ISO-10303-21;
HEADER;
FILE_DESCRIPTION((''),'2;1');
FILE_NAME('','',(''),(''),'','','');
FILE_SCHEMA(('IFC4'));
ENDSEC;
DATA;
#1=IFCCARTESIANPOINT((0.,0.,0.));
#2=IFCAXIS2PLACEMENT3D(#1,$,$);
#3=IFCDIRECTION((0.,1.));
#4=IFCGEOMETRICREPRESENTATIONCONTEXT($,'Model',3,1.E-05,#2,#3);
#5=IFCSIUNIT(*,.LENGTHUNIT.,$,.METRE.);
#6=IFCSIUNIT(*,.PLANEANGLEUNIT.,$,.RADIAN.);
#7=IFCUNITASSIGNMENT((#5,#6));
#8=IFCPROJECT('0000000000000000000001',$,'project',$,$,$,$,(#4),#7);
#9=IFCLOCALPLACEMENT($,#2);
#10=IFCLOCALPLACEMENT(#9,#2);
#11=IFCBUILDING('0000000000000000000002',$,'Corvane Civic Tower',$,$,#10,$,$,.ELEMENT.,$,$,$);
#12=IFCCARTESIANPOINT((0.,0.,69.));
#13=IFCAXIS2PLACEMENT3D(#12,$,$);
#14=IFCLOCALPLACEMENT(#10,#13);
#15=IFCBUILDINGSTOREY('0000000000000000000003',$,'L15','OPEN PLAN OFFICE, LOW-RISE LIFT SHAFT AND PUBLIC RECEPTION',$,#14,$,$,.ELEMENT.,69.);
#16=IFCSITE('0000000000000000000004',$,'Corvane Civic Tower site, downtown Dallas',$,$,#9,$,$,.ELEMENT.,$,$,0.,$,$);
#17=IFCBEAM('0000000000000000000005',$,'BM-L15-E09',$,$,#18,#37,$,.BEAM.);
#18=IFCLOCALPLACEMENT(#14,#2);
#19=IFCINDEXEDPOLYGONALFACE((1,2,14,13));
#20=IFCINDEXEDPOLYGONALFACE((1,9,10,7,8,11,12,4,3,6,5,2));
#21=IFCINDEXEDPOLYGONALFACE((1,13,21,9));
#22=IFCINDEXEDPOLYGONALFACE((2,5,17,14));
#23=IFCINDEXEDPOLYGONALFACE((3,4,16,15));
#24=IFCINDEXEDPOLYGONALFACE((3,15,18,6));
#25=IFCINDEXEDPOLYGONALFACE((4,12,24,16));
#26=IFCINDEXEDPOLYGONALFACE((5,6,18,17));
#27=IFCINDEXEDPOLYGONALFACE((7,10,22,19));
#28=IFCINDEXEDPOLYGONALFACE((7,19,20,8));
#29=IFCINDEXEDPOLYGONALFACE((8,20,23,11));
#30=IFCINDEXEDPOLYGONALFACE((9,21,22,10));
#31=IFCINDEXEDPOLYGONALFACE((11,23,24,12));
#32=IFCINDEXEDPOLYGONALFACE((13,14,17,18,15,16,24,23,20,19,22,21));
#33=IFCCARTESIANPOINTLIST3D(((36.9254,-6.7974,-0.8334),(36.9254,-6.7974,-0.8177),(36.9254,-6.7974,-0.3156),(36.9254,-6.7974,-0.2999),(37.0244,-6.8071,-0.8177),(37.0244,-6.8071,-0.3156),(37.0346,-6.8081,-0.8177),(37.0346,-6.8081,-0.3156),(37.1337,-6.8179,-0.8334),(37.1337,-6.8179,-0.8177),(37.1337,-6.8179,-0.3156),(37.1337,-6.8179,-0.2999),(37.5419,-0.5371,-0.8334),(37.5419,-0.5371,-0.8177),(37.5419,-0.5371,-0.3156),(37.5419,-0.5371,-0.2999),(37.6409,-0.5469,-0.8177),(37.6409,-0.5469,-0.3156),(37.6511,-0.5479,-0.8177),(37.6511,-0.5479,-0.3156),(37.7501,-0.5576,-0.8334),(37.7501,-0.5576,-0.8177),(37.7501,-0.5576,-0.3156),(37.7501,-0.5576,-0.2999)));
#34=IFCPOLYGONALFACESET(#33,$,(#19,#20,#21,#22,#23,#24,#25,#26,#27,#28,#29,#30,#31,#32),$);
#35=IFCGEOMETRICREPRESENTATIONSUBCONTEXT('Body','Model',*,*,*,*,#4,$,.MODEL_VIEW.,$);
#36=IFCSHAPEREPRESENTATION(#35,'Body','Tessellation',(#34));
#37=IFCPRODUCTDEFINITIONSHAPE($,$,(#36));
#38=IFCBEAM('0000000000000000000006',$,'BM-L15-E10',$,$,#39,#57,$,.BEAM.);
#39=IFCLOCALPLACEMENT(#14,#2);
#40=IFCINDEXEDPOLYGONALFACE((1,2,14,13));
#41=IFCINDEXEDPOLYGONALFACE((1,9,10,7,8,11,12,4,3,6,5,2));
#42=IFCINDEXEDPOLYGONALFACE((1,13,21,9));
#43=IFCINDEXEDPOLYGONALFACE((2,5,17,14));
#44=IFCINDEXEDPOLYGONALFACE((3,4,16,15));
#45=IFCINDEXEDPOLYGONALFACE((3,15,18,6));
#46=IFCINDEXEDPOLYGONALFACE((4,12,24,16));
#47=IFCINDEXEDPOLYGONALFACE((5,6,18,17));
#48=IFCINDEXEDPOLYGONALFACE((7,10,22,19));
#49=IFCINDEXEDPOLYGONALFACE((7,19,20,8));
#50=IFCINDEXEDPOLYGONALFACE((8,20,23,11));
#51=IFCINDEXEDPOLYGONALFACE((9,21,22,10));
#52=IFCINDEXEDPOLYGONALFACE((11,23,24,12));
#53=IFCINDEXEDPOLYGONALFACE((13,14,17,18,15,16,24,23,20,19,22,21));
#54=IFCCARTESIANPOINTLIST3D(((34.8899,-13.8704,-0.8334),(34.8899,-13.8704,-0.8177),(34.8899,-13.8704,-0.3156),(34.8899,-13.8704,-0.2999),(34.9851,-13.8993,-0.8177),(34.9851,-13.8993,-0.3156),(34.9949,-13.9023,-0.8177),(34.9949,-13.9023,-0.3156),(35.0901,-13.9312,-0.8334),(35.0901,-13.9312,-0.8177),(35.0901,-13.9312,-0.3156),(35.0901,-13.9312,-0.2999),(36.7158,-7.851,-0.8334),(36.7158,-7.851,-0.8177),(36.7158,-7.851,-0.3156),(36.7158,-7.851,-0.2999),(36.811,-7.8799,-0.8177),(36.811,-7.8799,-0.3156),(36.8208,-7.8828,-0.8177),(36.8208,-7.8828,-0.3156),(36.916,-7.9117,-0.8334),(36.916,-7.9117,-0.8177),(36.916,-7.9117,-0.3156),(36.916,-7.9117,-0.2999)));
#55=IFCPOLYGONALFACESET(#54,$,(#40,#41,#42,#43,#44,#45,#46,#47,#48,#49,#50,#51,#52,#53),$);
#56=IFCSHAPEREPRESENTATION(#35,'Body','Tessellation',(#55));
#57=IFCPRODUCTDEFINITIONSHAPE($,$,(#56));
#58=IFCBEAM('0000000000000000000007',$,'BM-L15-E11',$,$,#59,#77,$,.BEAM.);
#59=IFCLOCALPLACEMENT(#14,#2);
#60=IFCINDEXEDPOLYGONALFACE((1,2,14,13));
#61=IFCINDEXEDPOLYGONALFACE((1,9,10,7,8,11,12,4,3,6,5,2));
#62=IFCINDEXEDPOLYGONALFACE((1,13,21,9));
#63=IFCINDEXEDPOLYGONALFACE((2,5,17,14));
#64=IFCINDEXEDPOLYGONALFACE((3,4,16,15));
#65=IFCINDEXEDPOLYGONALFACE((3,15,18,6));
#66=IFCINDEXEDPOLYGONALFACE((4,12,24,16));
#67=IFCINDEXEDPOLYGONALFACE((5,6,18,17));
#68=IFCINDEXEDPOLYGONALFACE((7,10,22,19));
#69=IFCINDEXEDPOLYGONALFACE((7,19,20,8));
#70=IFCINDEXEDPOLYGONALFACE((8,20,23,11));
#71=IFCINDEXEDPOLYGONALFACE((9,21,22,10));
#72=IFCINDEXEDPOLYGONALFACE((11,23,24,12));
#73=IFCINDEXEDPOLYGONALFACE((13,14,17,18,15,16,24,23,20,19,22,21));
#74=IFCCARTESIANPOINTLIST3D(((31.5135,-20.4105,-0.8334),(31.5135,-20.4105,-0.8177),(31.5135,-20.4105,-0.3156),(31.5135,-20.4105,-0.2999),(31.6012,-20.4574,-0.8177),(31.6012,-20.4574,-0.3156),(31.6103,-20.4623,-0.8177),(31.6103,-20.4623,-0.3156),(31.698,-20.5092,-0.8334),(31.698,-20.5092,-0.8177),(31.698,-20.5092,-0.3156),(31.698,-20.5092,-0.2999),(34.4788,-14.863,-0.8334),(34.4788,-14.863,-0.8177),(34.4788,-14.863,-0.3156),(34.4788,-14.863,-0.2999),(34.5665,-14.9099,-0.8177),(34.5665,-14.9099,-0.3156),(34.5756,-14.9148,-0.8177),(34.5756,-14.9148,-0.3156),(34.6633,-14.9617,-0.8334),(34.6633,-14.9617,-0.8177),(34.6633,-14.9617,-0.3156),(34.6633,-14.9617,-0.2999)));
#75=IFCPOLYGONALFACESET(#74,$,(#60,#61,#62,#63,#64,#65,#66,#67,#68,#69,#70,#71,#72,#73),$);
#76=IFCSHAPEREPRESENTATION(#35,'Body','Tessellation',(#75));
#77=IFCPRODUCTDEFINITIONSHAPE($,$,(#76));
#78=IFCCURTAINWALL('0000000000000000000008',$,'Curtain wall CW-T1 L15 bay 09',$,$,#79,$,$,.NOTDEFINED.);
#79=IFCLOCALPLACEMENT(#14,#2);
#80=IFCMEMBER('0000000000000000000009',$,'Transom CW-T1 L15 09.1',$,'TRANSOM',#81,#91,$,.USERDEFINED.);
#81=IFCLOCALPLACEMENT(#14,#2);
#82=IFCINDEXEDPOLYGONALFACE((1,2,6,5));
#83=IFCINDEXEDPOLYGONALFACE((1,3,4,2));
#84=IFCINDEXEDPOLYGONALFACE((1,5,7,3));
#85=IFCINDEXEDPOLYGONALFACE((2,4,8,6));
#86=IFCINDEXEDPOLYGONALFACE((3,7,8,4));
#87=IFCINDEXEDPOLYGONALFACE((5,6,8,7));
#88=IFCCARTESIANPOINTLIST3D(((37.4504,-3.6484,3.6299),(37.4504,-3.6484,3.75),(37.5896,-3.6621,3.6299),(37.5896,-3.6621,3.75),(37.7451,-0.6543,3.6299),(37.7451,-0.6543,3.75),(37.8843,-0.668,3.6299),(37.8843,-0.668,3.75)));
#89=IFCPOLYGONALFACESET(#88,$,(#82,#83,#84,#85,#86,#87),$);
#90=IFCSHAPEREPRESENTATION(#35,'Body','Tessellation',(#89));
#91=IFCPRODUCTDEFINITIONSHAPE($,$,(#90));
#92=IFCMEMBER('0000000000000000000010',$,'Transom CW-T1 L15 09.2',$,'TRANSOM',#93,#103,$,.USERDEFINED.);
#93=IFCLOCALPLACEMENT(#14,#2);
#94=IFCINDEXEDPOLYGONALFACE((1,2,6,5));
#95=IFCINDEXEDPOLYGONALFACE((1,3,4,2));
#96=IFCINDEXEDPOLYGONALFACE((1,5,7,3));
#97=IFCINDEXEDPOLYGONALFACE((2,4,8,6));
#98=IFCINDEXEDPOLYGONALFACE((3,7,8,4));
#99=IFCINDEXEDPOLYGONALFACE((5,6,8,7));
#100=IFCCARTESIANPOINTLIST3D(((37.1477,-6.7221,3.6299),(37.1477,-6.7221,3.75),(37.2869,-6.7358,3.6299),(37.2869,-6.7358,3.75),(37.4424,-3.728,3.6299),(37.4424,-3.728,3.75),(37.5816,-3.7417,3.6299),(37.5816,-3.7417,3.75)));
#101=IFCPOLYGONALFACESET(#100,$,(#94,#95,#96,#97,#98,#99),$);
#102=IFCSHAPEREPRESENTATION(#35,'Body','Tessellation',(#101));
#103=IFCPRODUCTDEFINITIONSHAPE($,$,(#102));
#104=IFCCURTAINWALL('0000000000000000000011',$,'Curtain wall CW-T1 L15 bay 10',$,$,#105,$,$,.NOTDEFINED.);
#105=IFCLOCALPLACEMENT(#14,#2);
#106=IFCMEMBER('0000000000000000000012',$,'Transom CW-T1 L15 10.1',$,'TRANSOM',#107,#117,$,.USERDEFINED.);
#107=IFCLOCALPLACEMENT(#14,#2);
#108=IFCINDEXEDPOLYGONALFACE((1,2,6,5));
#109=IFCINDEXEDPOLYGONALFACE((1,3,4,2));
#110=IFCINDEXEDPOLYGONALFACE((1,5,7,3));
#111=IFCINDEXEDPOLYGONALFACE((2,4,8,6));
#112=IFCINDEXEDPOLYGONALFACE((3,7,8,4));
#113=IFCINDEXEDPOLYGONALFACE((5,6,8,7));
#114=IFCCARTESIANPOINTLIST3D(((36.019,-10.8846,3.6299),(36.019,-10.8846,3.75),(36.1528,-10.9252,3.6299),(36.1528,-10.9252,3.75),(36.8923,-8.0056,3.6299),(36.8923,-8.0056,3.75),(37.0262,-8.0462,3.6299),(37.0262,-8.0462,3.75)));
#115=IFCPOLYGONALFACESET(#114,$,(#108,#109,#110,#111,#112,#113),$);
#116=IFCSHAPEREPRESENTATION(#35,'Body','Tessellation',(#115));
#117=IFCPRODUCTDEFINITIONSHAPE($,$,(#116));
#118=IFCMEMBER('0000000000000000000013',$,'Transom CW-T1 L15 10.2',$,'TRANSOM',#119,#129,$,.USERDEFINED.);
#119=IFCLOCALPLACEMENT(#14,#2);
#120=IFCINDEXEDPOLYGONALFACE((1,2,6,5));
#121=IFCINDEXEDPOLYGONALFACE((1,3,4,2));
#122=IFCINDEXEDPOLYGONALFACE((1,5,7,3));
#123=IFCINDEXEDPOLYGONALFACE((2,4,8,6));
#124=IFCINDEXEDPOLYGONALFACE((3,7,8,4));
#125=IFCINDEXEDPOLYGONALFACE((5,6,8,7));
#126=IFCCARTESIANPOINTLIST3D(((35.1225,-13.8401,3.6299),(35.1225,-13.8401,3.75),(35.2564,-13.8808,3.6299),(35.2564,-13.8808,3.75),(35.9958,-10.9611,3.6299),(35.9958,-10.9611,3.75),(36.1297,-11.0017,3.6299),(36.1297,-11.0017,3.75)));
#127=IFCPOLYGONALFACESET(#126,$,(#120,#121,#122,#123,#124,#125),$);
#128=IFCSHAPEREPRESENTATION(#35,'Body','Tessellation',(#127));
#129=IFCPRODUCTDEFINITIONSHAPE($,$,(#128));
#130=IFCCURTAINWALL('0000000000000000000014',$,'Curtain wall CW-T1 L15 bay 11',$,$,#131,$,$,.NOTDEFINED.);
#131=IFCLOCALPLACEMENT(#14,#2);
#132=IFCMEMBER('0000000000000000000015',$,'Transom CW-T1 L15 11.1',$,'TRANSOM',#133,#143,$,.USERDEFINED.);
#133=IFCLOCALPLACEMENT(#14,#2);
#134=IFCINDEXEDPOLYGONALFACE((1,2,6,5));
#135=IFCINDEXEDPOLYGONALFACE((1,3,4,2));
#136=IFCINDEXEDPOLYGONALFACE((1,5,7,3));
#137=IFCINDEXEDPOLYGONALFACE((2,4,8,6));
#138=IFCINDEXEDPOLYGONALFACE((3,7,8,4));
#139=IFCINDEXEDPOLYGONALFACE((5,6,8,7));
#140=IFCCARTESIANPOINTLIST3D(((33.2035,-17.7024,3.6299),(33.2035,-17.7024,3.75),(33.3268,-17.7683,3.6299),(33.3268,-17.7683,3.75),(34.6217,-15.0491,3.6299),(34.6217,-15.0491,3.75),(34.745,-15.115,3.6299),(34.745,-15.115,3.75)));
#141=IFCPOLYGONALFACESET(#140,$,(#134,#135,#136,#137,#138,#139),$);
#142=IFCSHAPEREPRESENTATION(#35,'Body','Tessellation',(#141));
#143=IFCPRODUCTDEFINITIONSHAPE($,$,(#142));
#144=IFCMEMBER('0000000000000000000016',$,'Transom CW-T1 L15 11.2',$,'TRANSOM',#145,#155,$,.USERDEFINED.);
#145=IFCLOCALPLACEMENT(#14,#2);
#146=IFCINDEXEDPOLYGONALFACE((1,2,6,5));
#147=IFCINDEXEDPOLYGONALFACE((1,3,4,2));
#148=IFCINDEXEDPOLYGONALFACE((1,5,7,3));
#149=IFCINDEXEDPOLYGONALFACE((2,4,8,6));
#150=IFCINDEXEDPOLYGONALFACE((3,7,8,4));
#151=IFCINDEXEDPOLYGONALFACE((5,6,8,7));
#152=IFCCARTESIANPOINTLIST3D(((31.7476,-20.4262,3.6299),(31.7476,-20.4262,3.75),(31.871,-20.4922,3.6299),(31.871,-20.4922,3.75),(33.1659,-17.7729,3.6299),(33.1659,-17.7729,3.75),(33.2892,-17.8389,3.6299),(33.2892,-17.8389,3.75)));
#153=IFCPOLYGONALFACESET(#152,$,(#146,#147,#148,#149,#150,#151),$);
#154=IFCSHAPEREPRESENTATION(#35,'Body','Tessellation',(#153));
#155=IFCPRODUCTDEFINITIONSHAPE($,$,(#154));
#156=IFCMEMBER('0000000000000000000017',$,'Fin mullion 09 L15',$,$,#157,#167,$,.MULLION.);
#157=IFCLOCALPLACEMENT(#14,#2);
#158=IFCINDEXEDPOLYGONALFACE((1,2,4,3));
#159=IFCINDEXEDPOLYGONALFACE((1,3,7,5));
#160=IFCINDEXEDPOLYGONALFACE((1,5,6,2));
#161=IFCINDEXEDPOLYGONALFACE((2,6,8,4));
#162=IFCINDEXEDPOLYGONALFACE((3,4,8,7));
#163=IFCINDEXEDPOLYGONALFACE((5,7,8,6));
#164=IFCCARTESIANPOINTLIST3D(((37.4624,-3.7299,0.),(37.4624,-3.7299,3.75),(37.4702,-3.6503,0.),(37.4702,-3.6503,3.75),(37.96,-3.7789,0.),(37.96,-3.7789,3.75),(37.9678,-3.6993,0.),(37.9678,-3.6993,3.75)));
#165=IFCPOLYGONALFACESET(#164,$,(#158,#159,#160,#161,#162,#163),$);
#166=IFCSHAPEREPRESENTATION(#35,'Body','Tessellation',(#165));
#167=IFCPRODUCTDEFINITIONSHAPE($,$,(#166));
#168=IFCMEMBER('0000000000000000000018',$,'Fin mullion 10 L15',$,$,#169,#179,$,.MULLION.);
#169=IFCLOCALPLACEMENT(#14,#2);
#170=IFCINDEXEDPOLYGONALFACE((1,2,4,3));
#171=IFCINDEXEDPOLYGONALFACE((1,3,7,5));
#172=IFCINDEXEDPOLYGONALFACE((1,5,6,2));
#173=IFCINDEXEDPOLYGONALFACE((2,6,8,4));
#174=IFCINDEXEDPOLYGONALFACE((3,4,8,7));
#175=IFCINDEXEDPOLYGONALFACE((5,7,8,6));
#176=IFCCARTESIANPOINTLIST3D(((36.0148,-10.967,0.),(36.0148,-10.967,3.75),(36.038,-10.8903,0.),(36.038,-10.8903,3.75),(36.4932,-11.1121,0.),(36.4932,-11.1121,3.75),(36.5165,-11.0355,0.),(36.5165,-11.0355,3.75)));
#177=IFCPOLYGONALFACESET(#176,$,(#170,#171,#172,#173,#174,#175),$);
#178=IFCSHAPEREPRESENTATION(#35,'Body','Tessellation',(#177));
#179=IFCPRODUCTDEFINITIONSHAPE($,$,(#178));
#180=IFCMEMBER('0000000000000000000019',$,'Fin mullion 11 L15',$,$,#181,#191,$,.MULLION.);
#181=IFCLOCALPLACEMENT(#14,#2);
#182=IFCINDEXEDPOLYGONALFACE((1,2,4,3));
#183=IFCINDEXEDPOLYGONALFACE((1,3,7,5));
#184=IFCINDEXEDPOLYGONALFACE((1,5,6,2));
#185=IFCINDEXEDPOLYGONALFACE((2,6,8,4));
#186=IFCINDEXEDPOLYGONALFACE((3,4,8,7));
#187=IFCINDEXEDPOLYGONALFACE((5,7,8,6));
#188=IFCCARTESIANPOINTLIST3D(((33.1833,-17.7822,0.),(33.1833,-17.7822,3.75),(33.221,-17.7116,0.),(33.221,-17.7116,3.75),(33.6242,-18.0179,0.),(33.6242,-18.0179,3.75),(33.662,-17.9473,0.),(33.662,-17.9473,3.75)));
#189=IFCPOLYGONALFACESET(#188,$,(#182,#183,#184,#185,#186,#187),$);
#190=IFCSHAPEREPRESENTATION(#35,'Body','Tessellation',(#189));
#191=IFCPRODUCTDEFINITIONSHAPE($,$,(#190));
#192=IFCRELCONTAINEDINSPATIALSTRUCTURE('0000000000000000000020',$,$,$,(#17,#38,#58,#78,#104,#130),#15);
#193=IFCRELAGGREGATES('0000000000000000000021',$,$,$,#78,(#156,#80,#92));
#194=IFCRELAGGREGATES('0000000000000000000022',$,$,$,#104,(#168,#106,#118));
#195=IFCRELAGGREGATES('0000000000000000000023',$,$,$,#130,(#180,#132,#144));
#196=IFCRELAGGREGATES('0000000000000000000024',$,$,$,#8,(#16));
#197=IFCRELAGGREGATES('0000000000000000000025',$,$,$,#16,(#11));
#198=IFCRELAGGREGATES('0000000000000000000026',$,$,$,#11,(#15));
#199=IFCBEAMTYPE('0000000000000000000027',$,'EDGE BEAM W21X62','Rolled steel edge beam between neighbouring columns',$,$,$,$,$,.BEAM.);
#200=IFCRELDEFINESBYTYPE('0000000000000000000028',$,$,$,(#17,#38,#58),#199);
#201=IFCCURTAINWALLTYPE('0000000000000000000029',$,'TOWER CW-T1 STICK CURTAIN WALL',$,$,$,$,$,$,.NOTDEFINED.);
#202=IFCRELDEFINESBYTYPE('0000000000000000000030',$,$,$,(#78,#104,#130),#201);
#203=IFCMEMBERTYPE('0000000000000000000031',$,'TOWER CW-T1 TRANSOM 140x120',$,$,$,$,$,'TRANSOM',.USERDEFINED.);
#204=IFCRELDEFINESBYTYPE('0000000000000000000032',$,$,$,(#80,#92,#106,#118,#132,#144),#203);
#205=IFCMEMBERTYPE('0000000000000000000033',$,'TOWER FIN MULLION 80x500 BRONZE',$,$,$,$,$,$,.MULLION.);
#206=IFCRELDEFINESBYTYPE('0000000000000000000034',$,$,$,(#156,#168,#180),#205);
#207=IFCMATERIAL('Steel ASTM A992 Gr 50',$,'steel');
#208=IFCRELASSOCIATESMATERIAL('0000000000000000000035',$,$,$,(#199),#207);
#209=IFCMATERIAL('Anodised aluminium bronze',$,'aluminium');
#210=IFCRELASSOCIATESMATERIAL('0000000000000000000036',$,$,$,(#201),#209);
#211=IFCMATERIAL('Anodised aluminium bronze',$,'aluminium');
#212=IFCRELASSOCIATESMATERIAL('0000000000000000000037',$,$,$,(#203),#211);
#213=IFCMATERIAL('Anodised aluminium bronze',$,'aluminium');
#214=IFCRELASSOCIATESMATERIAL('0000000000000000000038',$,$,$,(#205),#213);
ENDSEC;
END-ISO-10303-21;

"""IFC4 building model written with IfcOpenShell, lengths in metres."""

from ifc_helpers import new_model, si_unit, direction, frame, origin, origin_2d, place, context, subcontext, project, spatial, rectangle, i_section, extrude, material, material_profile, profile_set, type_object, element, aggregate, save


model = new_model("IFC4")

# Units and contexts
model_context = context("Model", 3, precision=1e-05, world=origin(), true_north=direction((0.0, 1.0)))
body_context = subcontext(model_context, "Body", "Model", "MODEL_VIEW")
ifc_project = project(units=[si_unit("LENGTHUNIT", "METRE"), si_unit("PLANEANGLEUNIT", "RADIAN")], contexts=[model_context])

# Site, building, storey
site_placement = place(None, origin())
site = spatial("IfcSite", under=ifc_project, at=site_placement, Name="Corvane Civic Tower site, downtown Dallas", CompositionType="ELEMENT", RefElevation=0.0)
building_placement = place(site_placement, origin())
building = spatial("IfcBuilding", under=site, at=building_placement, Name="Corvane Civic Tower", CompositionType="ELEMENT")
storey_placement = place(building_placement, frame((0.0, 0.0, 69.0)))
storey = spatial("IfcBuildingStorey", under=building, at=storey_placement, Name="L15", Description="OPEN PLAN OFFICE, LOW-RISE LIFT SHAFT AND PUBLIC RECEPTION", CompositionType="ELEMENT", Elevation=69.0)

# Beams
ifc_material_1 = material(Name="Steel ASTM A992 Gr 50", Category="steel")
ifc_material_profile_1 = material_profile(ifc_material_1, i_section(OverallWidth=0.2092, OverallDepth=0.5334, WebThickness=0.0103, FlangeThickness=0.0156, at=origin_2d()), Name="W21X62")
ifc_profile_set_1 = profile_set([ifc_material_profile_1], Name="Steel ASTM A992 Gr 50")
beam_type = type_object("IfcBeamType", Name="EDGE BEAM W21X62", Description="Rolled steel edge beam between neighbouring columns", PredefinedType="BEAM", material=ifc_profile_set_1)
beam_placement = place(storey_placement, frame((37.646, -0.5474, -0.5667), z_axis=(-0.097997, -0.995187, 0.0), x_axis=(0.995187, -0.097997, 0.0)))
element("IfcBeam", 1, at=beam_placement, inside=storey, type_object=beam_type, Name="BM-L15-E09", PredefinedType="BEAM", context=body_context, shape_type="SweptSolid", body=[
    extrude(i_section(OverallWidth=0.2092, OverallDepth=0.5334, WebThickness=0.0103, FlangeThickness=0.0156, at=origin_2d()), origin(), (0.0, 0.0, 1.0), 6.2905),
])
for number, where, z_axis, x_axis, name in (
    (2, (36.8159, -7.8813, -0.5667), (-0.290273, -0.956944, 0.0), (0.956944, -0.290273, 0.0), "BM-L15-E10"),
    (3, (34.571, -14.9124, -0.5667), (-0.471406, -0.881916, 0.0), (0.881916, -0.471406, 0.0), "BM-L15-E11"),
):
    element("IfcBeam", number, at=place(storey_placement, frame(where, z_axis=z_axis, x_axis=x_axis)), inside=storey, type_object=beam_type, Name=name, PredefinedType="BEAM", context=body_context, shape_type="SweptSolid", body=[
        extrude(i_section(OverallWidth=0.2092, OverallDepth=0.5334, WebThickness=0.0103, FlangeThickness=0.0156, at=origin_2d()), origin(), (0.0, 0.0, 1.0), 6.2903),
    ])

# Curtain walls, members
ifc_material_2 = material(Name="Anodised aluminium bronze", Category="aluminium")
curtain_wall_type = type_object("IfcCurtainWallType", Name="TOWER CW-T1 STICK CURTAIN WALL", PredefinedType="NOTDEFINED", material=ifc_material_2)
curtain_wall_1_placement = place(storey_placement, origin())
curtain_wall_1 = element("IfcCurtainWall", 4, at=curtain_wall_1_placement, inside=storey, type_object=curtain_wall_type, Name="Curtain wall CW-T1 L15 bay 09", PredefinedType="NOTDEFINED")
ifc_material_3 = material(Name="Anodised aluminium bronze", Category="aluminium")
ifc_material_profile_2 = material_profile(ifc_material_3, rectangle(XDim=0.1399, YDim=0.1201, at=origin_2d()), Name="TOWER CW-T1 TRANSOM 140x120")
ifc_profile_set_2 = profile_set([ifc_material_profile_2], Name="Anodised aluminium bronze")
member_type_1 = type_object("IfcMemberType", Name="TOWER CW-T1 TRANSOM 140x120", ElementType="TRANSOM", PredefinedType="USERDEFINED", material=ifc_profile_set_2)
member_1_placement = place(storey_placement, frame((37.8147, -0.6611, 3.6899), z_axis=(-0.097945, -0.995192, 0.0), x_axis=(0.995192, -0.097945, 0.0)))
member_1 = element("IfcMember", 5, at=member_1_placement, type_object=member_type_1, Name="Transom CW-T1 L15 09.1", ObjectType="TRANSOM", PredefinedType="USERDEFINED", context=body_context, shape_type="SweptSolid", body=[
    extrude(rectangle(XDim=0.1399, YDim=0.1201, at=origin_2d()), origin(), (0.0, 0.0, 1.0), 3.0085),
])
member_2_placement = place(storey_placement, frame((37.512, -3.7349, 3.6899), z_axis=(-0.097945, -0.995192, 0.0), x_axis=(0.995192, -0.097945, 0.0)))
member_2 = element("IfcMember", 6, at=member_2_placement, type_object=member_type_1, Name="Transom CW-T1 L15 09.2", ObjectType="TRANSOM", PredefinedType="USERDEFINED", context=body_context, shape_type="SweptSolid", body=[
    extrude(rectangle(XDim=0.1399, YDim=0.1201, at=origin_2d()), origin(), (0.0, 0.0, 1.0), 3.0085),
])
curtain_wall_2_placement = place(storey_placement, origin())
curtain_wall_2 = element("IfcCurtainWall", 7, at=curtain_wall_2_placement, inside=storey, type_object=curtain_wall_type, Name="Curtain wall CW-T1 L15 bay 10", PredefinedType="NOTDEFINED")
member_3_placement = place(storey_placement, frame((36.9592, -8.0259, 3.6899), z_axis=(-0.29028, -0.956942, 0.0), x_axis=(0.956942, -0.29028, 0.0)))
member_3 = element("IfcMember", 8, at=member_3_placement, type_object=member_type_1, Name="Transom CW-T1 L15 10.1", ObjectType="TRANSOM", PredefinedType="USERDEFINED", context=body_context, shape_type="SweptSolid", body=[
    extrude(rectangle(XDim=0.1399, YDim=0.1201, at=origin_2d()), origin(), (0.0, 0.0, 1.0), 3.0085),
])
member_4_placement = place(storey_placement, frame((36.0627, -10.9814, 3.6899), z_axis=(-0.29028, -0.956942, 0.0), x_axis=(0.956942, -0.29028, 0.0)))
member_4 = element("IfcMember", 9, at=member_4_placement, type_object=member_type_1, Name="Transom CW-T1 L15 10.2", ObjectType="TRANSOM", PredefinedType="USERDEFINED", context=body_context, shape_type="SweptSolid", body=[
    extrude(rectangle(XDim=0.1399, YDim=0.1201, at=origin_2d()), origin(), (0.0, 0.0, 1.0), 3.0085),
])
curtain_wall_3_placement = place(storey_placement, origin())
curtain_wall_3 = element("IfcCurtainWall", 10, at=curtain_wall_3_placement, inside=storey, type_object=curtain_wall_type, Name="Curtain wall CW-T1 L15 bay 11", PredefinedType="NOTDEFINED")
member_5_placement = place(storey_placement, frame((34.6833, -15.082, 3.6899), z_axis=(-0.471393, -0.881924, 0.0), x_axis=(0.881924, -0.471393, 0.0)))
member_5 = element("IfcMember", 11, at=member_5_placement, type_object=member_type_1, Name="Transom CW-T1 L15 11.1", ObjectType="TRANSOM", PredefinedType="USERDEFINED", context=body_context, shape_type="SweptSolid", body=[
    extrude(rectangle(XDim=0.1399, YDim=0.1201, at=origin_2d()), origin(), (0.0, 0.0, 1.0), 3.0085),
])
member_6_placement = place(storey_placement, frame((33.2275, -17.8059, 3.6899), z_axis=(-0.471393, -0.881924, 0.0), x_axis=(0.881924, -0.471393, 0.0)))
member_6 = element("IfcMember", 12, at=member_6_placement, type_object=member_type_1, Name="Transom CW-T1 L15 11.2", ObjectType="TRANSOM", PredefinedType="USERDEFINED", context=body_context, shape_type="SweptSolid", body=[
    extrude(rectangle(XDim=0.1399, YDim=0.1201, at=origin_2d()), origin(), (0.0, 0.0, 1.0), 3.0085),
])

# Members
ifc_material_4 = material(Name="Anodised aluminium bronze", Category="aluminium")
ifc_material_profile_3 = material_profile(ifc_material_4, rectangle(XDim=0.0801, YDim=0.5, at=origin_2d()), Name="TOWER FIN MULLION 80x500 BRONZE")
ifc_profile_set_3 = profile_set([ifc_material_profile_3], Name="Anodised aluminium bronze")
member_type_2 = type_object("IfcMemberType", Name="TOWER FIN MULLION 80x500 BRONZE", PredefinedType="MULLION", material=ifc_profile_set_3)
member_7_placement = place(storey_placement, frame((37.7151, -3.7146, 0.0), z_axis=(0.0, 0.0, 1.0), x_axis=(-0.098006, -0.995186, 0.0)))
member_7 = element("IfcMember", 13, at=member_7_placement, type_object=member_type_2, Name="Fin mullion 09 L15", PredefinedType="MULLION", context=body_context, shape_type="SweptSolid", body=[
    extrude(rectangle(XDim=0.0801, YDim=0.5, at=origin_2d()), origin(), (0.0, 0.0, 1.0), 3.75),
])
member_8_placement = place(storey_placement, frame((36.2656, -11.0012, 0.0), z_axis=(0.0, 0.0, 1.0), x_axis=(-0.290278, -0.956942, 0.0)))
member_8 = element("IfcMember", 14, at=member_8_placement, type_object=member_type_2, Name="Fin mullion 10 L15", PredefinedType="MULLION", context=body_context, shape_type="SweptSolid", body=[
    extrude(rectangle(XDim=0.0801, YDim=0.5, at=origin_2d()), origin(), (0.0, 0.0, 1.0), 3.75),
])
member_9_placement = place(storey_placement, frame((33.4226, -17.8647, 0.0), z_axis=(0.0, 0.0, 1.0), x_axis=(-0.471404, -0.881918, 0.0)))
member_9 = element("IfcMember", 15, at=member_9_placement, type_object=member_type_2, Name="Fin mullion 11 L15", PredefinedType="MULLION", context=body_context, shape_type="SweptSolid", body=[
    extrude(rectangle(XDim=0.0801, YDim=0.5, at=origin_2d()), origin(), (0.0, 0.0, 1.0), 3.75),
])

aggregate(curtain_wall_1, [member_7, member_1, member_2])
aggregate(curtain_wall_2, [member_8, member_3, member_4])
aggregate(curtain_wall_3, [member_9, member_5, member_6])

save(model, "model.ifc")
